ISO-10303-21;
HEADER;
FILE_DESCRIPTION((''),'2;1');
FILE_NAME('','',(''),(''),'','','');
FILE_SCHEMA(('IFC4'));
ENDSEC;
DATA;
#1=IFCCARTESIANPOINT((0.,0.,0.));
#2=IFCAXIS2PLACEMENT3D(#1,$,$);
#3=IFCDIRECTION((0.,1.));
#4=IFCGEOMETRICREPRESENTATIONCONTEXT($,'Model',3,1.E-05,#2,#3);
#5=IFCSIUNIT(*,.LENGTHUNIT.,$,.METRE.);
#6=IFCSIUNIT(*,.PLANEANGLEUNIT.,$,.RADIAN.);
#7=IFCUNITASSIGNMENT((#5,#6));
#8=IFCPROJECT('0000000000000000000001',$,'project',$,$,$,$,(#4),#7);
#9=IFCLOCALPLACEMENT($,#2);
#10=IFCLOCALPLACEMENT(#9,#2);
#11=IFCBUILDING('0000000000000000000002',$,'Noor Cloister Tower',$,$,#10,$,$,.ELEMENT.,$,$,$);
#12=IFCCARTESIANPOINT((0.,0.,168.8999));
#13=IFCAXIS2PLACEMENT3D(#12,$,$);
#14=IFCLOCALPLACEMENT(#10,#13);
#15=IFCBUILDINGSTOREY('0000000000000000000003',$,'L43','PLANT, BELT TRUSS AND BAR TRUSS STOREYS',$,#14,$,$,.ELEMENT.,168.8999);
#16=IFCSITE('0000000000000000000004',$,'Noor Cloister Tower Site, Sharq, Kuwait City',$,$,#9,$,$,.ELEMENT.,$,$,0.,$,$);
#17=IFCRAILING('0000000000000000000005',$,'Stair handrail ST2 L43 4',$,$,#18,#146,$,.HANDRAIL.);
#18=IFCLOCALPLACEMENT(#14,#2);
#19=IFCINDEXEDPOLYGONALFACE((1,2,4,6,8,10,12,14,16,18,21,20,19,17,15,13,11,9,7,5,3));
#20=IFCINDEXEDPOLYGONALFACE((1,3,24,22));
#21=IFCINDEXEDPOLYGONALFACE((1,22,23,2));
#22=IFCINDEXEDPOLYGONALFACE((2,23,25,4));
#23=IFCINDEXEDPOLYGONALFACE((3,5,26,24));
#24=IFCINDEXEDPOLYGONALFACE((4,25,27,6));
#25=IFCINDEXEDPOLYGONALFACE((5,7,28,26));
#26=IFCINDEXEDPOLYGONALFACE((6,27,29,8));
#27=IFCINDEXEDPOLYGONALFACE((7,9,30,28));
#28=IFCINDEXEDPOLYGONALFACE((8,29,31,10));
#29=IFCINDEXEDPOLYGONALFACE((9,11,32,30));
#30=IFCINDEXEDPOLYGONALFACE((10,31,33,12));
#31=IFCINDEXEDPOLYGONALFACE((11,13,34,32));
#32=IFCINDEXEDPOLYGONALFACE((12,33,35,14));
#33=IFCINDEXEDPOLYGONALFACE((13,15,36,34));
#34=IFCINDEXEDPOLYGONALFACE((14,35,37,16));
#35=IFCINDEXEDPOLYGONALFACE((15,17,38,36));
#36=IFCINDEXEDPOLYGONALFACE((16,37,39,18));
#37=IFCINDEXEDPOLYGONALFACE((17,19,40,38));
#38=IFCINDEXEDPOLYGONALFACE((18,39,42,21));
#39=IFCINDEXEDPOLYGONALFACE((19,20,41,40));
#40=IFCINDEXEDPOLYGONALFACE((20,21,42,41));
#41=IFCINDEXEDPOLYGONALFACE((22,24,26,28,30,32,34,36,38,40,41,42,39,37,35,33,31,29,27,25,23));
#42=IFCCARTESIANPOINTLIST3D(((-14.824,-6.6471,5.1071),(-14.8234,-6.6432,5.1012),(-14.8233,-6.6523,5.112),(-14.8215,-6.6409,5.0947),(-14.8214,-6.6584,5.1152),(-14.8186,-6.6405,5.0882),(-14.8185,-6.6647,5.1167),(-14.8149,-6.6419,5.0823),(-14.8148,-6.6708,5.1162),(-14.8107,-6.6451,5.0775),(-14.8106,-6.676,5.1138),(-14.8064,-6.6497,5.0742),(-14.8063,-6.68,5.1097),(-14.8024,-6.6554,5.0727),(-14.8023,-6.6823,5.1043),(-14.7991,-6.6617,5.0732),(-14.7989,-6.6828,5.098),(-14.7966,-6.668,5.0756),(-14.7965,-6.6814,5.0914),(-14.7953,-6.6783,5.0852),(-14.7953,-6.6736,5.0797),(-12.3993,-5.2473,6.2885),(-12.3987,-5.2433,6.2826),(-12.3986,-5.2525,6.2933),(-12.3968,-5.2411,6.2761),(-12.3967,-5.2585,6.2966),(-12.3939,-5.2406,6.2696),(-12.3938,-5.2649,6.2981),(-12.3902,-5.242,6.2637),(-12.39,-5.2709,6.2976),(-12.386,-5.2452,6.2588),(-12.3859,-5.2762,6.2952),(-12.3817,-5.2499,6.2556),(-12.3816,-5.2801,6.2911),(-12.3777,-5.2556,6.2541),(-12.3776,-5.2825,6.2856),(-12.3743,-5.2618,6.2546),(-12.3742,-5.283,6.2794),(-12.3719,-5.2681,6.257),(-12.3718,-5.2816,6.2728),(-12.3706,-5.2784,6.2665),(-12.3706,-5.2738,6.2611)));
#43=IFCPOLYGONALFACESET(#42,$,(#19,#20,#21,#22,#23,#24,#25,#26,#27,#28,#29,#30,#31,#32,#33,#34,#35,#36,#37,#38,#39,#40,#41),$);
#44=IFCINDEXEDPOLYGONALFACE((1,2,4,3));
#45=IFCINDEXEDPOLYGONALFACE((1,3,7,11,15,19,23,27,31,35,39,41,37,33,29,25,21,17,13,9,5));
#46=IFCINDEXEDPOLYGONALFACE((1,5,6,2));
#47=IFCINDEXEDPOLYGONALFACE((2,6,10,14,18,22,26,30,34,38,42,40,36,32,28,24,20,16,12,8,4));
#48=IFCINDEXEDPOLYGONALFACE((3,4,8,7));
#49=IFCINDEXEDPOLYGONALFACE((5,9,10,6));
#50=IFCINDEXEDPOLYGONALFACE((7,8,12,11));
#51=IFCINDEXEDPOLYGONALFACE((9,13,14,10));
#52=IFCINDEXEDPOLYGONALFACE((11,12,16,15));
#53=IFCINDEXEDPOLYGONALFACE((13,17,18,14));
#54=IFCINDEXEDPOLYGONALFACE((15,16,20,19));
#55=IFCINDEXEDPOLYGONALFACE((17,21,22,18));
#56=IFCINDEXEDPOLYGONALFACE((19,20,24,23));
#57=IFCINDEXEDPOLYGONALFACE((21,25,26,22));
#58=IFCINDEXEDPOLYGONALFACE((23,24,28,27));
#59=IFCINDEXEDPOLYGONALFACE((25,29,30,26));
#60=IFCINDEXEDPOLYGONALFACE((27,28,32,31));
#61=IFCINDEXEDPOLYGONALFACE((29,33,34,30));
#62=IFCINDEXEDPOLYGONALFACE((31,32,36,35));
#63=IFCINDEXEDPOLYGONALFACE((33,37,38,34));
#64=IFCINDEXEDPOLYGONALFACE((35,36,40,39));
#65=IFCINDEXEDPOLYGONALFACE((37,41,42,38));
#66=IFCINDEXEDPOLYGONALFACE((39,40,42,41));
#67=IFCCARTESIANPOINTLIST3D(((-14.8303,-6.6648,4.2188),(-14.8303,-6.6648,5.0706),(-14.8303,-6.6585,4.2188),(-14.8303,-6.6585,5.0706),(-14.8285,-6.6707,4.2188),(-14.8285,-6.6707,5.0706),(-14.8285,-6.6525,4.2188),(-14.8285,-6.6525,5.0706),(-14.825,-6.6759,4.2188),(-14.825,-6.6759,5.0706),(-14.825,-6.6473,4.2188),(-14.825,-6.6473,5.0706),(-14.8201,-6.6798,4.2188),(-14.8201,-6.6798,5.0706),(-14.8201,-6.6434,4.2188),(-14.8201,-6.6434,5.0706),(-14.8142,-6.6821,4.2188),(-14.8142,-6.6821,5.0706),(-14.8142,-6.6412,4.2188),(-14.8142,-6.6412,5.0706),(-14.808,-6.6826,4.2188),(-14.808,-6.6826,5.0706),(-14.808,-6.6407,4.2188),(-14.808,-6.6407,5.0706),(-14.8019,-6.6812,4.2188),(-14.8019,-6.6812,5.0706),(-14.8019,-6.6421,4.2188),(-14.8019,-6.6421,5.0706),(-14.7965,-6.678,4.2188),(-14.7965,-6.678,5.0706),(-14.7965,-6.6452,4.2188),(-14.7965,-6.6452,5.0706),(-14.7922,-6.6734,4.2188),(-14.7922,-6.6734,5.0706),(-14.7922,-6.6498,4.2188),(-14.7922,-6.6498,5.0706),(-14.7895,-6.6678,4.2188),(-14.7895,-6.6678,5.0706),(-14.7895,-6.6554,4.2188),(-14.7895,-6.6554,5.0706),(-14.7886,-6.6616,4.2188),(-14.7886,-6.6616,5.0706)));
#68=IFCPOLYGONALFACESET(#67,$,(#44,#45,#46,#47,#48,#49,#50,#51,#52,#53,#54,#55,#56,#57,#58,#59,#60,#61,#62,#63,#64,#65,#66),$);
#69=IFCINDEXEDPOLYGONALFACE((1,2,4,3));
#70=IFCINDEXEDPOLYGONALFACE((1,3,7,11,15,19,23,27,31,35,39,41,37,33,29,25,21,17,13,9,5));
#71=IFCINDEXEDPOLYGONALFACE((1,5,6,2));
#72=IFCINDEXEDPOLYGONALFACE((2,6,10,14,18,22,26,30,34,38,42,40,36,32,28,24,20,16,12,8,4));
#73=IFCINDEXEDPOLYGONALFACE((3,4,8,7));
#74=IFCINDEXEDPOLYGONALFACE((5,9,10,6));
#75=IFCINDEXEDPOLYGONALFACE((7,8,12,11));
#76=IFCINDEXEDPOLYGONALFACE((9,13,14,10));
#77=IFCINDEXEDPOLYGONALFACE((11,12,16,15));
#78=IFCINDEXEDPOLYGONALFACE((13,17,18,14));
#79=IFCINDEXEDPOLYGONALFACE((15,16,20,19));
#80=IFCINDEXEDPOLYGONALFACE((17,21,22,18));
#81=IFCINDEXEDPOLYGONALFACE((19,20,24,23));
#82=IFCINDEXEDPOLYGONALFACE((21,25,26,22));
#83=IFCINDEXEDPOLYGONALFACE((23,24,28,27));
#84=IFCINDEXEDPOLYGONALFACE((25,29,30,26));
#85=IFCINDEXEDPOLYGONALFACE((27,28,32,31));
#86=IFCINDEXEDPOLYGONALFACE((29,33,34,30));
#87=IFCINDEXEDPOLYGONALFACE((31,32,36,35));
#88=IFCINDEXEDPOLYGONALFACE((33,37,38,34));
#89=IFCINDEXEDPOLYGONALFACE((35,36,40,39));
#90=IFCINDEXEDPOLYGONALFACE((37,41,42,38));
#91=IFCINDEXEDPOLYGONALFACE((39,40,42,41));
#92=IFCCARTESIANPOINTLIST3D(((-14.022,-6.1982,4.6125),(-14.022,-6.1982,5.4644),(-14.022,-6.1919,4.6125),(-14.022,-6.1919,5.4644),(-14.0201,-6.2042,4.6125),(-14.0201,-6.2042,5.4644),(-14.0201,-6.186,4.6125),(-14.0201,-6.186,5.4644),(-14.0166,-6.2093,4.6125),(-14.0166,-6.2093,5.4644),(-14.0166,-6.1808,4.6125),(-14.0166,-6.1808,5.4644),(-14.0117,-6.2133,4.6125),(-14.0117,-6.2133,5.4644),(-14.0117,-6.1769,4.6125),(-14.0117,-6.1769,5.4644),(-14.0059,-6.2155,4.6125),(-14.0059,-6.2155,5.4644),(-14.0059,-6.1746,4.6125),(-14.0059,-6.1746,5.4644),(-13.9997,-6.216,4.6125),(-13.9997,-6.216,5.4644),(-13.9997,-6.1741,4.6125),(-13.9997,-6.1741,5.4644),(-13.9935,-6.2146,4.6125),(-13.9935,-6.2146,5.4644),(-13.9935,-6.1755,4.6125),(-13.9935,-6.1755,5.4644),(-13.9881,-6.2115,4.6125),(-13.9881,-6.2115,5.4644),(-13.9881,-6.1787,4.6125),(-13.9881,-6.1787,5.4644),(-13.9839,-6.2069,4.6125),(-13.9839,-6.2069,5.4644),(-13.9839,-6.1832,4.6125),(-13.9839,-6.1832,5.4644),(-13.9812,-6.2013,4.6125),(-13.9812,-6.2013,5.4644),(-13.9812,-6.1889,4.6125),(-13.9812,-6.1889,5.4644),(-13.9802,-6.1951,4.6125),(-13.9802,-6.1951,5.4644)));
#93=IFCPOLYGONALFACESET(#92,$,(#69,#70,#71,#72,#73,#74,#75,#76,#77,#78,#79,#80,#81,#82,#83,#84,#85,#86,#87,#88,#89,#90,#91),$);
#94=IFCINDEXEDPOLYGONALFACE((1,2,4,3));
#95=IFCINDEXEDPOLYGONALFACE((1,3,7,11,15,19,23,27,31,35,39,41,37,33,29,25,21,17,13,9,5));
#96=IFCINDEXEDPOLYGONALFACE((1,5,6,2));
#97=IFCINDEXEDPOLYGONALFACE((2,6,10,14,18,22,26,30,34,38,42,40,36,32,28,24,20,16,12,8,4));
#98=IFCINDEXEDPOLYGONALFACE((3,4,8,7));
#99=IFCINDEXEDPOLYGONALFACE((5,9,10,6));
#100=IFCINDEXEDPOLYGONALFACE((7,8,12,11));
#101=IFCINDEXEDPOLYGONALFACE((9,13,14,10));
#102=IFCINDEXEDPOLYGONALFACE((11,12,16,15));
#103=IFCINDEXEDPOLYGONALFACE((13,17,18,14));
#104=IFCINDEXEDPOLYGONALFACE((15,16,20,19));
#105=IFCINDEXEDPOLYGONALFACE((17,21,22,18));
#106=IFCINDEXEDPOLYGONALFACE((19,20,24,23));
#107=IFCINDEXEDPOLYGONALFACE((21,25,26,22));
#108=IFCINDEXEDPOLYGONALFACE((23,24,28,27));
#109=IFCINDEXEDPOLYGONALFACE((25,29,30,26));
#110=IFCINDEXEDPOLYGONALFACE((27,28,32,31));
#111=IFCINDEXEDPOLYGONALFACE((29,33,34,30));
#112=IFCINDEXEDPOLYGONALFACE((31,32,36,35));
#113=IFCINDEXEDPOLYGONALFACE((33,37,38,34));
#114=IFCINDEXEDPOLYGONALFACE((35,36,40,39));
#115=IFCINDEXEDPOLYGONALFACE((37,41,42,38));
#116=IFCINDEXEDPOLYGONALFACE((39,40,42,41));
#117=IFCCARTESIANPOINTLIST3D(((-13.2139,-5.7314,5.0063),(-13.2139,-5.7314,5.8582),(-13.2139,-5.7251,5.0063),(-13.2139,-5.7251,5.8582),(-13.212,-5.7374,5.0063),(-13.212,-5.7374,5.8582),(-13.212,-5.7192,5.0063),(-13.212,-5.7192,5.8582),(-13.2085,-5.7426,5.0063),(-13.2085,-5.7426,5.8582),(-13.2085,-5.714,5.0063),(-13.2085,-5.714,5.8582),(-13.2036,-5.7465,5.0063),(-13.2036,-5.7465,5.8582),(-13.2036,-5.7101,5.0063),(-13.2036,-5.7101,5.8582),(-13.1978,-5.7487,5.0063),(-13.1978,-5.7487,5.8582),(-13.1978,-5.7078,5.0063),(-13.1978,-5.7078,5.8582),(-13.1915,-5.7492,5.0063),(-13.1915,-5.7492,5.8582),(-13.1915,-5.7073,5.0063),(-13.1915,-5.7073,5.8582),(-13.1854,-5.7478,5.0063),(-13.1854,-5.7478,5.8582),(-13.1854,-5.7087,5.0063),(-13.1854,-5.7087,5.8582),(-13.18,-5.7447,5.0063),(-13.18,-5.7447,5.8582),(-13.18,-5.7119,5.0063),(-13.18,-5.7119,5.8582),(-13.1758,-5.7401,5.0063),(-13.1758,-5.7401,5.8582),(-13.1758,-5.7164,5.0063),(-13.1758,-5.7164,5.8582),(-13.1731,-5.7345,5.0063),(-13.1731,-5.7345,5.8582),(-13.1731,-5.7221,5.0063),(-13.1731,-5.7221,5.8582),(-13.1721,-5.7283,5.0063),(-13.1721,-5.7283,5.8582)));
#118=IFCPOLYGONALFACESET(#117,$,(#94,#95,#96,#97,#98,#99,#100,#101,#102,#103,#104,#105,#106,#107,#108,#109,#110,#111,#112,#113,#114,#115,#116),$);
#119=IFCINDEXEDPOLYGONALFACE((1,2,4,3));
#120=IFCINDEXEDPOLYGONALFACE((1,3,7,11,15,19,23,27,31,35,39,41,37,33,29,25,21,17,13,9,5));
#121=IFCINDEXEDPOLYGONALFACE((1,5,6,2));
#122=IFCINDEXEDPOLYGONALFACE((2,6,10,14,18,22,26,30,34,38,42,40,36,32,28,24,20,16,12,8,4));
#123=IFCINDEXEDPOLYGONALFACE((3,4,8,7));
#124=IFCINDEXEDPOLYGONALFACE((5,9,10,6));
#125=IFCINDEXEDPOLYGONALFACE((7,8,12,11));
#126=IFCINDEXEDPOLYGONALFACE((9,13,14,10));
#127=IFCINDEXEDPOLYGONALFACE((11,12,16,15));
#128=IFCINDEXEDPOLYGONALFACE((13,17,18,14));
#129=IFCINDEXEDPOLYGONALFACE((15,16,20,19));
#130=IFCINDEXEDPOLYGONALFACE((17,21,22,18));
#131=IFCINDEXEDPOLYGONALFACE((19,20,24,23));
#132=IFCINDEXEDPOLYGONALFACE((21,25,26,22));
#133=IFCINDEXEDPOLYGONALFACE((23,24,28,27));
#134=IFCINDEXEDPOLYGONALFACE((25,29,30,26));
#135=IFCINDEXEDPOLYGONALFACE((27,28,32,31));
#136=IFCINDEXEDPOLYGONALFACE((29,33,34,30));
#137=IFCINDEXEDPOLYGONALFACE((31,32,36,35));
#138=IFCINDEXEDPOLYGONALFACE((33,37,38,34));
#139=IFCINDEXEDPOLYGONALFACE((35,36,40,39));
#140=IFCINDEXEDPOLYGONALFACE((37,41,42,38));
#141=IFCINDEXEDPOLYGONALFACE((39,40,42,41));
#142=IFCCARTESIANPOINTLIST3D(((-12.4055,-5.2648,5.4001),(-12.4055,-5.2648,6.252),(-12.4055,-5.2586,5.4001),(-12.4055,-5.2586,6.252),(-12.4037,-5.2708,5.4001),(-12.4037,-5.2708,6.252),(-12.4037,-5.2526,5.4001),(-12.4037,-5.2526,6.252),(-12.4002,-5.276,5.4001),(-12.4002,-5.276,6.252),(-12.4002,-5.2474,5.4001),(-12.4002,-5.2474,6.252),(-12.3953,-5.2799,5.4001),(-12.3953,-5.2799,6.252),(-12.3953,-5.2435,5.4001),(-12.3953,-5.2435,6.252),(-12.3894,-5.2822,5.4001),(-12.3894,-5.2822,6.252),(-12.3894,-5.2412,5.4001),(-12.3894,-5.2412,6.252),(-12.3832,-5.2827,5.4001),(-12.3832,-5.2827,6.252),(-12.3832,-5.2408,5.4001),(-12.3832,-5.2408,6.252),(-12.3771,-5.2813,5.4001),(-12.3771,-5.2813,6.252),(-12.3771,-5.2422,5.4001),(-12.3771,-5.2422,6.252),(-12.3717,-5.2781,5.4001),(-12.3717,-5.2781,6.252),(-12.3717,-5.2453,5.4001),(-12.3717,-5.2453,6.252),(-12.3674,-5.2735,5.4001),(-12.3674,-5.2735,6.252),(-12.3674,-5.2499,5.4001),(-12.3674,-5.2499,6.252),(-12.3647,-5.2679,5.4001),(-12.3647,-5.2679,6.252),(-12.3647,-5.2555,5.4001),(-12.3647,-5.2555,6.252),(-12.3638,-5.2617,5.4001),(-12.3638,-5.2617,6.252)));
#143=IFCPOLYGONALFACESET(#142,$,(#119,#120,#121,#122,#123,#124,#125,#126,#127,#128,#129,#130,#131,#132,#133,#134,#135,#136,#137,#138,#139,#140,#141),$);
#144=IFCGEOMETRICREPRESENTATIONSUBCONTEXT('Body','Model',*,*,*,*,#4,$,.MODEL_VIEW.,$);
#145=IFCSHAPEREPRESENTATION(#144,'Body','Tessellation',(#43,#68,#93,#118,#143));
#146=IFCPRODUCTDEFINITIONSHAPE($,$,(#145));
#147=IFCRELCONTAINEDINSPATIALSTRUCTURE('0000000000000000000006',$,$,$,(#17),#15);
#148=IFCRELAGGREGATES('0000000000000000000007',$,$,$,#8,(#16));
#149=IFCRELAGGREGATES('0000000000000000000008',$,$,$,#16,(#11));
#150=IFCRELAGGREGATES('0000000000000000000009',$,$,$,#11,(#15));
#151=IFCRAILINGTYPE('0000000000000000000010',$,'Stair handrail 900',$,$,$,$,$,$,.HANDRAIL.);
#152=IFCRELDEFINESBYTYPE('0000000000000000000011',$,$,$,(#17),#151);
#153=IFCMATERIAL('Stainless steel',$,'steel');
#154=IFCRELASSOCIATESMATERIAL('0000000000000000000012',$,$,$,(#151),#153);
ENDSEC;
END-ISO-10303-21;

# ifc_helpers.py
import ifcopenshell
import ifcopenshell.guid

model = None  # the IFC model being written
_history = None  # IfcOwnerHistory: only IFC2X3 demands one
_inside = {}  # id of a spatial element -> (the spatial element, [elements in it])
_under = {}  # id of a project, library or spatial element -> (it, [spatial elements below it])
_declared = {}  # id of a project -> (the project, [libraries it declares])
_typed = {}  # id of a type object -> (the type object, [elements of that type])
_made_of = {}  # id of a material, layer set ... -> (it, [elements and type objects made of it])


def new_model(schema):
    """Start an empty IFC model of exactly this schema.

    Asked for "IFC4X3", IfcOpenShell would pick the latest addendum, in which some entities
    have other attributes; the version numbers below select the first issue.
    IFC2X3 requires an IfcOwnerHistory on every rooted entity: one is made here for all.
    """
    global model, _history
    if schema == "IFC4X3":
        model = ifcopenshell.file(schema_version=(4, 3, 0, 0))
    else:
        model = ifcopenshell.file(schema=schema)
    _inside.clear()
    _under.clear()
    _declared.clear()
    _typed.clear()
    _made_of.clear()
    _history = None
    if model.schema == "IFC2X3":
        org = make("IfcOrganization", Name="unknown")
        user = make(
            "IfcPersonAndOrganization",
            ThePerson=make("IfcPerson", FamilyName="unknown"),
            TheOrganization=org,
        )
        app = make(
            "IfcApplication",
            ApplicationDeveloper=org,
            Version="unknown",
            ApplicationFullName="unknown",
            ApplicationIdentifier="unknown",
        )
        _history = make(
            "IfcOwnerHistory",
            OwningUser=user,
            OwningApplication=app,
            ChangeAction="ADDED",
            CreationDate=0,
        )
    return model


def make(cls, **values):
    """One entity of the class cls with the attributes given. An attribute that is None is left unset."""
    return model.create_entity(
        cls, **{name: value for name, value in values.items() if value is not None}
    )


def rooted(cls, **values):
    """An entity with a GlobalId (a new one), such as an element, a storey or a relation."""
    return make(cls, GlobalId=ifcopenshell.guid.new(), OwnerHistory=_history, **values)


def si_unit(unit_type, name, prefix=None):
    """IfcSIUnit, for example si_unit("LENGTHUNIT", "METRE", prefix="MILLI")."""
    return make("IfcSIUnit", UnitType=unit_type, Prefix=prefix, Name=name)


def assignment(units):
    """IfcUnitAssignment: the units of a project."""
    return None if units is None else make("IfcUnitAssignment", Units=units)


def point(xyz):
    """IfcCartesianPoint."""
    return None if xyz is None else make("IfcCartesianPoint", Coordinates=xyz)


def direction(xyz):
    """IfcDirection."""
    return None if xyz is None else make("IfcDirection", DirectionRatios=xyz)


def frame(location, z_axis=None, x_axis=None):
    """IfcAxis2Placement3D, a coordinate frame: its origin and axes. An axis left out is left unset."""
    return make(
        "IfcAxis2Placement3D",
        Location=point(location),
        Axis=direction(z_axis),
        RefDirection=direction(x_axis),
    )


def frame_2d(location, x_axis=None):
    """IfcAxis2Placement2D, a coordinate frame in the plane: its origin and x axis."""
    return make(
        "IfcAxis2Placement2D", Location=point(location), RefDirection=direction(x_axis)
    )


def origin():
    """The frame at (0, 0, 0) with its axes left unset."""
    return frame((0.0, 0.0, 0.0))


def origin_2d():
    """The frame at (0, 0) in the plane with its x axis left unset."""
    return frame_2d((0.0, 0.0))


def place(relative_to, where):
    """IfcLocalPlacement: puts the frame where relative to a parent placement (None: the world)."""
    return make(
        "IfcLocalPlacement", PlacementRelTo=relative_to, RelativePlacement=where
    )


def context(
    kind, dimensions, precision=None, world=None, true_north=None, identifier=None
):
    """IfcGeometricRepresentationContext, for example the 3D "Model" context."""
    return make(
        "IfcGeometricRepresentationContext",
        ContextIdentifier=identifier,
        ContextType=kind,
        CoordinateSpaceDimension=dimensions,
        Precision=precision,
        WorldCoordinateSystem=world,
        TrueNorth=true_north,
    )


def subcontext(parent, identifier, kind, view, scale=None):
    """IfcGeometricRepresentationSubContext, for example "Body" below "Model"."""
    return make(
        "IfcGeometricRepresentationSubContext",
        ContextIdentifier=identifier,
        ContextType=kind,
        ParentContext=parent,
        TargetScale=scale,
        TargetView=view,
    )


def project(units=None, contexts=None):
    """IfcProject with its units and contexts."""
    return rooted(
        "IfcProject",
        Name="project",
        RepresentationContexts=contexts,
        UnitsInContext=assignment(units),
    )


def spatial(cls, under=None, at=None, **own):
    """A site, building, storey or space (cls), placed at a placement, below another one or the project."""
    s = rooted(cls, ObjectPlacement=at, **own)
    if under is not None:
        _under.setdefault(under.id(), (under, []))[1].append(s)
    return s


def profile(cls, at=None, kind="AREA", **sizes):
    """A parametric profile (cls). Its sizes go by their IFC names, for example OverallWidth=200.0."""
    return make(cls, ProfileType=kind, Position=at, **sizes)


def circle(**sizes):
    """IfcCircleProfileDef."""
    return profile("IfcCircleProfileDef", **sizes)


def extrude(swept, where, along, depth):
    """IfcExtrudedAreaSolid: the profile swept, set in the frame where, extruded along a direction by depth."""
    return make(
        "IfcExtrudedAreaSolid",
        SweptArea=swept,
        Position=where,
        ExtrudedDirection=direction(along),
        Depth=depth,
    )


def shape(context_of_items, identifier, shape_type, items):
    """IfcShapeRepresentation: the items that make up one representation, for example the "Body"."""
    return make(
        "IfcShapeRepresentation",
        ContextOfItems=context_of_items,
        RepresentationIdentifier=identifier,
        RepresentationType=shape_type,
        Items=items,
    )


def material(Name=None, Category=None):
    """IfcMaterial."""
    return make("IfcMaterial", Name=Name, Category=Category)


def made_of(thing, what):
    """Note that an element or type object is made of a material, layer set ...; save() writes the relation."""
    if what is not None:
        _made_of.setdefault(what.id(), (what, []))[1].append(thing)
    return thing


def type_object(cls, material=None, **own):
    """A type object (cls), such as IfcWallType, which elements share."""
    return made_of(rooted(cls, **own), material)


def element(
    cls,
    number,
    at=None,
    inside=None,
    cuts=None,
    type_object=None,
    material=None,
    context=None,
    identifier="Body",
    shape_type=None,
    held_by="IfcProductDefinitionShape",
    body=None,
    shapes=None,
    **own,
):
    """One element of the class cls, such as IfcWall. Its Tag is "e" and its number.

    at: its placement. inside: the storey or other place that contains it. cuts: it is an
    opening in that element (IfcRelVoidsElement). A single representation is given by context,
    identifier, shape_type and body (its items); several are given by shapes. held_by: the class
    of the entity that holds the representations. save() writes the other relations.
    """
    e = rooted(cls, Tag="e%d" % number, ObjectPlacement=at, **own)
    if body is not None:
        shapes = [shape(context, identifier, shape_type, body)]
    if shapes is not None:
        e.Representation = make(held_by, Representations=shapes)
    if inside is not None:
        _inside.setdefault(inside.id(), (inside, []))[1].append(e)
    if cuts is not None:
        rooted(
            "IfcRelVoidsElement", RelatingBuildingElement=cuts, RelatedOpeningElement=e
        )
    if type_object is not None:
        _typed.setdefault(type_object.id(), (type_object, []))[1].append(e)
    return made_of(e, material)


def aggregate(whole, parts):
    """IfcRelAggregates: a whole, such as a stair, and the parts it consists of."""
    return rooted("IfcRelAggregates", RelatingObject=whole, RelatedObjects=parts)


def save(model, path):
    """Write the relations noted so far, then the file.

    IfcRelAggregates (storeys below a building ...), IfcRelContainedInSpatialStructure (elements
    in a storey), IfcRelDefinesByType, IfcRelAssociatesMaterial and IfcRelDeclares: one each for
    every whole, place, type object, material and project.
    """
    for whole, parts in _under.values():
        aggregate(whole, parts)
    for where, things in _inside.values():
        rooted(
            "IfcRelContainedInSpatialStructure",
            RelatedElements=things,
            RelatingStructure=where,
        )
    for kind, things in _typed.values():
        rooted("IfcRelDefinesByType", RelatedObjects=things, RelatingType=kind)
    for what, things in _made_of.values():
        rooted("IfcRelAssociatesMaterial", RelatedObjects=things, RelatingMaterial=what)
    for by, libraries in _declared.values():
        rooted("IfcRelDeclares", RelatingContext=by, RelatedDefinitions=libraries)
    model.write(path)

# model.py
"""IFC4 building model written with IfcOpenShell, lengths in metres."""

from ifc_helpers import new_model, si_unit, direction, frame, origin, origin_2d, place, context, subcontext, project, spatial, circle, extrude, material, type_object, element, save


model = new_model("IFC4")

# Units and contexts
model_context = context("Model", 3, precision=1e-05, world=origin(), true_north=direction((0.0, 1.0)))
body_context = subcontext(model_context, "Body", "Model", "MODEL_VIEW")
ifc_project = project(units=[si_unit("LENGTHUNIT", "METRE"), si_unit("PLANEANGLEUNIT", "RADIAN")], contexts=[model_context])

# Site, building, storey
site_placement = place(None, origin())
site = spatial("IfcSite", under=ifc_project, at=site_placement, Name="Noor Cloister Tower Site, Sharq, Kuwait City", CompositionType="ELEMENT", RefElevation=0.0)
building_placement = place(site_placement, origin())
building = spatial("IfcBuilding", under=site, at=building_placement, Name="Noor Cloister Tower", CompositionType="ELEMENT")
storey_placement = place(building_placement, frame((0.0, 0.0, 168.8999)))
storey = spatial("IfcBuildingStorey", under=building, at=storey_placement, Name="L43", Description="PLANT, BELT TRUSS AND BAR TRUSS STOREYS", CompositionType="ELEMENT", Elevation=168.8999)

# Railing
ifc_material_1 = material(Name="Stainless steel", Category="steel")
railing_type_1 = type_object("IfcRailingType", Name="Stair handrail 900", PredefinedType="HANDRAIL", material=ifc_material_1)
railing_1_placement = place(storey_placement, frame((-14.8096, -6.6616, 4.2188)))
element("IfcRailing", 1, at=railing_1_placement, inside=storey, type_object=railing_type_1, Name="Stair handrail ST2 L43 4", PredefinedType="HANDRAIL", context=body_context, shape_type="SweptSolid", body=[
    extrude(circle(Radius=0.0239, at=origin_2d()), frame((0.0, 0.0, 0.876), z_axis=(0.797914, 0.460656, 0.388754), x_axis=(-0.499984, 0.866035, 0.0)), (0.0, 0.0, 1.0), 3.0388),
    extrude(circle(Radius=0.021, at=origin_2d()), origin(), (0.0, 0.0, 1.0), 0.8518),
    extrude(circle(Radius=0.021, at=origin_2d()), frame((0.8083, 0.4666, 0.3938)), (0.0, 0.0, 1.0), 0.8518),
    extrude(circle(Radius=0.021, at=origin_2d()), frame((1.6165, 0.9333, 0.7876)), (0.0, 0.0, 1.0), 0.8518),
    extrude(circle(Radius=0.021, at=origin_2d()), frame((2.4248, 1.3999, 1.1814)), (0.0, 0.0, 1.0), 0.8518),
])

save(model, "model.ifc")
